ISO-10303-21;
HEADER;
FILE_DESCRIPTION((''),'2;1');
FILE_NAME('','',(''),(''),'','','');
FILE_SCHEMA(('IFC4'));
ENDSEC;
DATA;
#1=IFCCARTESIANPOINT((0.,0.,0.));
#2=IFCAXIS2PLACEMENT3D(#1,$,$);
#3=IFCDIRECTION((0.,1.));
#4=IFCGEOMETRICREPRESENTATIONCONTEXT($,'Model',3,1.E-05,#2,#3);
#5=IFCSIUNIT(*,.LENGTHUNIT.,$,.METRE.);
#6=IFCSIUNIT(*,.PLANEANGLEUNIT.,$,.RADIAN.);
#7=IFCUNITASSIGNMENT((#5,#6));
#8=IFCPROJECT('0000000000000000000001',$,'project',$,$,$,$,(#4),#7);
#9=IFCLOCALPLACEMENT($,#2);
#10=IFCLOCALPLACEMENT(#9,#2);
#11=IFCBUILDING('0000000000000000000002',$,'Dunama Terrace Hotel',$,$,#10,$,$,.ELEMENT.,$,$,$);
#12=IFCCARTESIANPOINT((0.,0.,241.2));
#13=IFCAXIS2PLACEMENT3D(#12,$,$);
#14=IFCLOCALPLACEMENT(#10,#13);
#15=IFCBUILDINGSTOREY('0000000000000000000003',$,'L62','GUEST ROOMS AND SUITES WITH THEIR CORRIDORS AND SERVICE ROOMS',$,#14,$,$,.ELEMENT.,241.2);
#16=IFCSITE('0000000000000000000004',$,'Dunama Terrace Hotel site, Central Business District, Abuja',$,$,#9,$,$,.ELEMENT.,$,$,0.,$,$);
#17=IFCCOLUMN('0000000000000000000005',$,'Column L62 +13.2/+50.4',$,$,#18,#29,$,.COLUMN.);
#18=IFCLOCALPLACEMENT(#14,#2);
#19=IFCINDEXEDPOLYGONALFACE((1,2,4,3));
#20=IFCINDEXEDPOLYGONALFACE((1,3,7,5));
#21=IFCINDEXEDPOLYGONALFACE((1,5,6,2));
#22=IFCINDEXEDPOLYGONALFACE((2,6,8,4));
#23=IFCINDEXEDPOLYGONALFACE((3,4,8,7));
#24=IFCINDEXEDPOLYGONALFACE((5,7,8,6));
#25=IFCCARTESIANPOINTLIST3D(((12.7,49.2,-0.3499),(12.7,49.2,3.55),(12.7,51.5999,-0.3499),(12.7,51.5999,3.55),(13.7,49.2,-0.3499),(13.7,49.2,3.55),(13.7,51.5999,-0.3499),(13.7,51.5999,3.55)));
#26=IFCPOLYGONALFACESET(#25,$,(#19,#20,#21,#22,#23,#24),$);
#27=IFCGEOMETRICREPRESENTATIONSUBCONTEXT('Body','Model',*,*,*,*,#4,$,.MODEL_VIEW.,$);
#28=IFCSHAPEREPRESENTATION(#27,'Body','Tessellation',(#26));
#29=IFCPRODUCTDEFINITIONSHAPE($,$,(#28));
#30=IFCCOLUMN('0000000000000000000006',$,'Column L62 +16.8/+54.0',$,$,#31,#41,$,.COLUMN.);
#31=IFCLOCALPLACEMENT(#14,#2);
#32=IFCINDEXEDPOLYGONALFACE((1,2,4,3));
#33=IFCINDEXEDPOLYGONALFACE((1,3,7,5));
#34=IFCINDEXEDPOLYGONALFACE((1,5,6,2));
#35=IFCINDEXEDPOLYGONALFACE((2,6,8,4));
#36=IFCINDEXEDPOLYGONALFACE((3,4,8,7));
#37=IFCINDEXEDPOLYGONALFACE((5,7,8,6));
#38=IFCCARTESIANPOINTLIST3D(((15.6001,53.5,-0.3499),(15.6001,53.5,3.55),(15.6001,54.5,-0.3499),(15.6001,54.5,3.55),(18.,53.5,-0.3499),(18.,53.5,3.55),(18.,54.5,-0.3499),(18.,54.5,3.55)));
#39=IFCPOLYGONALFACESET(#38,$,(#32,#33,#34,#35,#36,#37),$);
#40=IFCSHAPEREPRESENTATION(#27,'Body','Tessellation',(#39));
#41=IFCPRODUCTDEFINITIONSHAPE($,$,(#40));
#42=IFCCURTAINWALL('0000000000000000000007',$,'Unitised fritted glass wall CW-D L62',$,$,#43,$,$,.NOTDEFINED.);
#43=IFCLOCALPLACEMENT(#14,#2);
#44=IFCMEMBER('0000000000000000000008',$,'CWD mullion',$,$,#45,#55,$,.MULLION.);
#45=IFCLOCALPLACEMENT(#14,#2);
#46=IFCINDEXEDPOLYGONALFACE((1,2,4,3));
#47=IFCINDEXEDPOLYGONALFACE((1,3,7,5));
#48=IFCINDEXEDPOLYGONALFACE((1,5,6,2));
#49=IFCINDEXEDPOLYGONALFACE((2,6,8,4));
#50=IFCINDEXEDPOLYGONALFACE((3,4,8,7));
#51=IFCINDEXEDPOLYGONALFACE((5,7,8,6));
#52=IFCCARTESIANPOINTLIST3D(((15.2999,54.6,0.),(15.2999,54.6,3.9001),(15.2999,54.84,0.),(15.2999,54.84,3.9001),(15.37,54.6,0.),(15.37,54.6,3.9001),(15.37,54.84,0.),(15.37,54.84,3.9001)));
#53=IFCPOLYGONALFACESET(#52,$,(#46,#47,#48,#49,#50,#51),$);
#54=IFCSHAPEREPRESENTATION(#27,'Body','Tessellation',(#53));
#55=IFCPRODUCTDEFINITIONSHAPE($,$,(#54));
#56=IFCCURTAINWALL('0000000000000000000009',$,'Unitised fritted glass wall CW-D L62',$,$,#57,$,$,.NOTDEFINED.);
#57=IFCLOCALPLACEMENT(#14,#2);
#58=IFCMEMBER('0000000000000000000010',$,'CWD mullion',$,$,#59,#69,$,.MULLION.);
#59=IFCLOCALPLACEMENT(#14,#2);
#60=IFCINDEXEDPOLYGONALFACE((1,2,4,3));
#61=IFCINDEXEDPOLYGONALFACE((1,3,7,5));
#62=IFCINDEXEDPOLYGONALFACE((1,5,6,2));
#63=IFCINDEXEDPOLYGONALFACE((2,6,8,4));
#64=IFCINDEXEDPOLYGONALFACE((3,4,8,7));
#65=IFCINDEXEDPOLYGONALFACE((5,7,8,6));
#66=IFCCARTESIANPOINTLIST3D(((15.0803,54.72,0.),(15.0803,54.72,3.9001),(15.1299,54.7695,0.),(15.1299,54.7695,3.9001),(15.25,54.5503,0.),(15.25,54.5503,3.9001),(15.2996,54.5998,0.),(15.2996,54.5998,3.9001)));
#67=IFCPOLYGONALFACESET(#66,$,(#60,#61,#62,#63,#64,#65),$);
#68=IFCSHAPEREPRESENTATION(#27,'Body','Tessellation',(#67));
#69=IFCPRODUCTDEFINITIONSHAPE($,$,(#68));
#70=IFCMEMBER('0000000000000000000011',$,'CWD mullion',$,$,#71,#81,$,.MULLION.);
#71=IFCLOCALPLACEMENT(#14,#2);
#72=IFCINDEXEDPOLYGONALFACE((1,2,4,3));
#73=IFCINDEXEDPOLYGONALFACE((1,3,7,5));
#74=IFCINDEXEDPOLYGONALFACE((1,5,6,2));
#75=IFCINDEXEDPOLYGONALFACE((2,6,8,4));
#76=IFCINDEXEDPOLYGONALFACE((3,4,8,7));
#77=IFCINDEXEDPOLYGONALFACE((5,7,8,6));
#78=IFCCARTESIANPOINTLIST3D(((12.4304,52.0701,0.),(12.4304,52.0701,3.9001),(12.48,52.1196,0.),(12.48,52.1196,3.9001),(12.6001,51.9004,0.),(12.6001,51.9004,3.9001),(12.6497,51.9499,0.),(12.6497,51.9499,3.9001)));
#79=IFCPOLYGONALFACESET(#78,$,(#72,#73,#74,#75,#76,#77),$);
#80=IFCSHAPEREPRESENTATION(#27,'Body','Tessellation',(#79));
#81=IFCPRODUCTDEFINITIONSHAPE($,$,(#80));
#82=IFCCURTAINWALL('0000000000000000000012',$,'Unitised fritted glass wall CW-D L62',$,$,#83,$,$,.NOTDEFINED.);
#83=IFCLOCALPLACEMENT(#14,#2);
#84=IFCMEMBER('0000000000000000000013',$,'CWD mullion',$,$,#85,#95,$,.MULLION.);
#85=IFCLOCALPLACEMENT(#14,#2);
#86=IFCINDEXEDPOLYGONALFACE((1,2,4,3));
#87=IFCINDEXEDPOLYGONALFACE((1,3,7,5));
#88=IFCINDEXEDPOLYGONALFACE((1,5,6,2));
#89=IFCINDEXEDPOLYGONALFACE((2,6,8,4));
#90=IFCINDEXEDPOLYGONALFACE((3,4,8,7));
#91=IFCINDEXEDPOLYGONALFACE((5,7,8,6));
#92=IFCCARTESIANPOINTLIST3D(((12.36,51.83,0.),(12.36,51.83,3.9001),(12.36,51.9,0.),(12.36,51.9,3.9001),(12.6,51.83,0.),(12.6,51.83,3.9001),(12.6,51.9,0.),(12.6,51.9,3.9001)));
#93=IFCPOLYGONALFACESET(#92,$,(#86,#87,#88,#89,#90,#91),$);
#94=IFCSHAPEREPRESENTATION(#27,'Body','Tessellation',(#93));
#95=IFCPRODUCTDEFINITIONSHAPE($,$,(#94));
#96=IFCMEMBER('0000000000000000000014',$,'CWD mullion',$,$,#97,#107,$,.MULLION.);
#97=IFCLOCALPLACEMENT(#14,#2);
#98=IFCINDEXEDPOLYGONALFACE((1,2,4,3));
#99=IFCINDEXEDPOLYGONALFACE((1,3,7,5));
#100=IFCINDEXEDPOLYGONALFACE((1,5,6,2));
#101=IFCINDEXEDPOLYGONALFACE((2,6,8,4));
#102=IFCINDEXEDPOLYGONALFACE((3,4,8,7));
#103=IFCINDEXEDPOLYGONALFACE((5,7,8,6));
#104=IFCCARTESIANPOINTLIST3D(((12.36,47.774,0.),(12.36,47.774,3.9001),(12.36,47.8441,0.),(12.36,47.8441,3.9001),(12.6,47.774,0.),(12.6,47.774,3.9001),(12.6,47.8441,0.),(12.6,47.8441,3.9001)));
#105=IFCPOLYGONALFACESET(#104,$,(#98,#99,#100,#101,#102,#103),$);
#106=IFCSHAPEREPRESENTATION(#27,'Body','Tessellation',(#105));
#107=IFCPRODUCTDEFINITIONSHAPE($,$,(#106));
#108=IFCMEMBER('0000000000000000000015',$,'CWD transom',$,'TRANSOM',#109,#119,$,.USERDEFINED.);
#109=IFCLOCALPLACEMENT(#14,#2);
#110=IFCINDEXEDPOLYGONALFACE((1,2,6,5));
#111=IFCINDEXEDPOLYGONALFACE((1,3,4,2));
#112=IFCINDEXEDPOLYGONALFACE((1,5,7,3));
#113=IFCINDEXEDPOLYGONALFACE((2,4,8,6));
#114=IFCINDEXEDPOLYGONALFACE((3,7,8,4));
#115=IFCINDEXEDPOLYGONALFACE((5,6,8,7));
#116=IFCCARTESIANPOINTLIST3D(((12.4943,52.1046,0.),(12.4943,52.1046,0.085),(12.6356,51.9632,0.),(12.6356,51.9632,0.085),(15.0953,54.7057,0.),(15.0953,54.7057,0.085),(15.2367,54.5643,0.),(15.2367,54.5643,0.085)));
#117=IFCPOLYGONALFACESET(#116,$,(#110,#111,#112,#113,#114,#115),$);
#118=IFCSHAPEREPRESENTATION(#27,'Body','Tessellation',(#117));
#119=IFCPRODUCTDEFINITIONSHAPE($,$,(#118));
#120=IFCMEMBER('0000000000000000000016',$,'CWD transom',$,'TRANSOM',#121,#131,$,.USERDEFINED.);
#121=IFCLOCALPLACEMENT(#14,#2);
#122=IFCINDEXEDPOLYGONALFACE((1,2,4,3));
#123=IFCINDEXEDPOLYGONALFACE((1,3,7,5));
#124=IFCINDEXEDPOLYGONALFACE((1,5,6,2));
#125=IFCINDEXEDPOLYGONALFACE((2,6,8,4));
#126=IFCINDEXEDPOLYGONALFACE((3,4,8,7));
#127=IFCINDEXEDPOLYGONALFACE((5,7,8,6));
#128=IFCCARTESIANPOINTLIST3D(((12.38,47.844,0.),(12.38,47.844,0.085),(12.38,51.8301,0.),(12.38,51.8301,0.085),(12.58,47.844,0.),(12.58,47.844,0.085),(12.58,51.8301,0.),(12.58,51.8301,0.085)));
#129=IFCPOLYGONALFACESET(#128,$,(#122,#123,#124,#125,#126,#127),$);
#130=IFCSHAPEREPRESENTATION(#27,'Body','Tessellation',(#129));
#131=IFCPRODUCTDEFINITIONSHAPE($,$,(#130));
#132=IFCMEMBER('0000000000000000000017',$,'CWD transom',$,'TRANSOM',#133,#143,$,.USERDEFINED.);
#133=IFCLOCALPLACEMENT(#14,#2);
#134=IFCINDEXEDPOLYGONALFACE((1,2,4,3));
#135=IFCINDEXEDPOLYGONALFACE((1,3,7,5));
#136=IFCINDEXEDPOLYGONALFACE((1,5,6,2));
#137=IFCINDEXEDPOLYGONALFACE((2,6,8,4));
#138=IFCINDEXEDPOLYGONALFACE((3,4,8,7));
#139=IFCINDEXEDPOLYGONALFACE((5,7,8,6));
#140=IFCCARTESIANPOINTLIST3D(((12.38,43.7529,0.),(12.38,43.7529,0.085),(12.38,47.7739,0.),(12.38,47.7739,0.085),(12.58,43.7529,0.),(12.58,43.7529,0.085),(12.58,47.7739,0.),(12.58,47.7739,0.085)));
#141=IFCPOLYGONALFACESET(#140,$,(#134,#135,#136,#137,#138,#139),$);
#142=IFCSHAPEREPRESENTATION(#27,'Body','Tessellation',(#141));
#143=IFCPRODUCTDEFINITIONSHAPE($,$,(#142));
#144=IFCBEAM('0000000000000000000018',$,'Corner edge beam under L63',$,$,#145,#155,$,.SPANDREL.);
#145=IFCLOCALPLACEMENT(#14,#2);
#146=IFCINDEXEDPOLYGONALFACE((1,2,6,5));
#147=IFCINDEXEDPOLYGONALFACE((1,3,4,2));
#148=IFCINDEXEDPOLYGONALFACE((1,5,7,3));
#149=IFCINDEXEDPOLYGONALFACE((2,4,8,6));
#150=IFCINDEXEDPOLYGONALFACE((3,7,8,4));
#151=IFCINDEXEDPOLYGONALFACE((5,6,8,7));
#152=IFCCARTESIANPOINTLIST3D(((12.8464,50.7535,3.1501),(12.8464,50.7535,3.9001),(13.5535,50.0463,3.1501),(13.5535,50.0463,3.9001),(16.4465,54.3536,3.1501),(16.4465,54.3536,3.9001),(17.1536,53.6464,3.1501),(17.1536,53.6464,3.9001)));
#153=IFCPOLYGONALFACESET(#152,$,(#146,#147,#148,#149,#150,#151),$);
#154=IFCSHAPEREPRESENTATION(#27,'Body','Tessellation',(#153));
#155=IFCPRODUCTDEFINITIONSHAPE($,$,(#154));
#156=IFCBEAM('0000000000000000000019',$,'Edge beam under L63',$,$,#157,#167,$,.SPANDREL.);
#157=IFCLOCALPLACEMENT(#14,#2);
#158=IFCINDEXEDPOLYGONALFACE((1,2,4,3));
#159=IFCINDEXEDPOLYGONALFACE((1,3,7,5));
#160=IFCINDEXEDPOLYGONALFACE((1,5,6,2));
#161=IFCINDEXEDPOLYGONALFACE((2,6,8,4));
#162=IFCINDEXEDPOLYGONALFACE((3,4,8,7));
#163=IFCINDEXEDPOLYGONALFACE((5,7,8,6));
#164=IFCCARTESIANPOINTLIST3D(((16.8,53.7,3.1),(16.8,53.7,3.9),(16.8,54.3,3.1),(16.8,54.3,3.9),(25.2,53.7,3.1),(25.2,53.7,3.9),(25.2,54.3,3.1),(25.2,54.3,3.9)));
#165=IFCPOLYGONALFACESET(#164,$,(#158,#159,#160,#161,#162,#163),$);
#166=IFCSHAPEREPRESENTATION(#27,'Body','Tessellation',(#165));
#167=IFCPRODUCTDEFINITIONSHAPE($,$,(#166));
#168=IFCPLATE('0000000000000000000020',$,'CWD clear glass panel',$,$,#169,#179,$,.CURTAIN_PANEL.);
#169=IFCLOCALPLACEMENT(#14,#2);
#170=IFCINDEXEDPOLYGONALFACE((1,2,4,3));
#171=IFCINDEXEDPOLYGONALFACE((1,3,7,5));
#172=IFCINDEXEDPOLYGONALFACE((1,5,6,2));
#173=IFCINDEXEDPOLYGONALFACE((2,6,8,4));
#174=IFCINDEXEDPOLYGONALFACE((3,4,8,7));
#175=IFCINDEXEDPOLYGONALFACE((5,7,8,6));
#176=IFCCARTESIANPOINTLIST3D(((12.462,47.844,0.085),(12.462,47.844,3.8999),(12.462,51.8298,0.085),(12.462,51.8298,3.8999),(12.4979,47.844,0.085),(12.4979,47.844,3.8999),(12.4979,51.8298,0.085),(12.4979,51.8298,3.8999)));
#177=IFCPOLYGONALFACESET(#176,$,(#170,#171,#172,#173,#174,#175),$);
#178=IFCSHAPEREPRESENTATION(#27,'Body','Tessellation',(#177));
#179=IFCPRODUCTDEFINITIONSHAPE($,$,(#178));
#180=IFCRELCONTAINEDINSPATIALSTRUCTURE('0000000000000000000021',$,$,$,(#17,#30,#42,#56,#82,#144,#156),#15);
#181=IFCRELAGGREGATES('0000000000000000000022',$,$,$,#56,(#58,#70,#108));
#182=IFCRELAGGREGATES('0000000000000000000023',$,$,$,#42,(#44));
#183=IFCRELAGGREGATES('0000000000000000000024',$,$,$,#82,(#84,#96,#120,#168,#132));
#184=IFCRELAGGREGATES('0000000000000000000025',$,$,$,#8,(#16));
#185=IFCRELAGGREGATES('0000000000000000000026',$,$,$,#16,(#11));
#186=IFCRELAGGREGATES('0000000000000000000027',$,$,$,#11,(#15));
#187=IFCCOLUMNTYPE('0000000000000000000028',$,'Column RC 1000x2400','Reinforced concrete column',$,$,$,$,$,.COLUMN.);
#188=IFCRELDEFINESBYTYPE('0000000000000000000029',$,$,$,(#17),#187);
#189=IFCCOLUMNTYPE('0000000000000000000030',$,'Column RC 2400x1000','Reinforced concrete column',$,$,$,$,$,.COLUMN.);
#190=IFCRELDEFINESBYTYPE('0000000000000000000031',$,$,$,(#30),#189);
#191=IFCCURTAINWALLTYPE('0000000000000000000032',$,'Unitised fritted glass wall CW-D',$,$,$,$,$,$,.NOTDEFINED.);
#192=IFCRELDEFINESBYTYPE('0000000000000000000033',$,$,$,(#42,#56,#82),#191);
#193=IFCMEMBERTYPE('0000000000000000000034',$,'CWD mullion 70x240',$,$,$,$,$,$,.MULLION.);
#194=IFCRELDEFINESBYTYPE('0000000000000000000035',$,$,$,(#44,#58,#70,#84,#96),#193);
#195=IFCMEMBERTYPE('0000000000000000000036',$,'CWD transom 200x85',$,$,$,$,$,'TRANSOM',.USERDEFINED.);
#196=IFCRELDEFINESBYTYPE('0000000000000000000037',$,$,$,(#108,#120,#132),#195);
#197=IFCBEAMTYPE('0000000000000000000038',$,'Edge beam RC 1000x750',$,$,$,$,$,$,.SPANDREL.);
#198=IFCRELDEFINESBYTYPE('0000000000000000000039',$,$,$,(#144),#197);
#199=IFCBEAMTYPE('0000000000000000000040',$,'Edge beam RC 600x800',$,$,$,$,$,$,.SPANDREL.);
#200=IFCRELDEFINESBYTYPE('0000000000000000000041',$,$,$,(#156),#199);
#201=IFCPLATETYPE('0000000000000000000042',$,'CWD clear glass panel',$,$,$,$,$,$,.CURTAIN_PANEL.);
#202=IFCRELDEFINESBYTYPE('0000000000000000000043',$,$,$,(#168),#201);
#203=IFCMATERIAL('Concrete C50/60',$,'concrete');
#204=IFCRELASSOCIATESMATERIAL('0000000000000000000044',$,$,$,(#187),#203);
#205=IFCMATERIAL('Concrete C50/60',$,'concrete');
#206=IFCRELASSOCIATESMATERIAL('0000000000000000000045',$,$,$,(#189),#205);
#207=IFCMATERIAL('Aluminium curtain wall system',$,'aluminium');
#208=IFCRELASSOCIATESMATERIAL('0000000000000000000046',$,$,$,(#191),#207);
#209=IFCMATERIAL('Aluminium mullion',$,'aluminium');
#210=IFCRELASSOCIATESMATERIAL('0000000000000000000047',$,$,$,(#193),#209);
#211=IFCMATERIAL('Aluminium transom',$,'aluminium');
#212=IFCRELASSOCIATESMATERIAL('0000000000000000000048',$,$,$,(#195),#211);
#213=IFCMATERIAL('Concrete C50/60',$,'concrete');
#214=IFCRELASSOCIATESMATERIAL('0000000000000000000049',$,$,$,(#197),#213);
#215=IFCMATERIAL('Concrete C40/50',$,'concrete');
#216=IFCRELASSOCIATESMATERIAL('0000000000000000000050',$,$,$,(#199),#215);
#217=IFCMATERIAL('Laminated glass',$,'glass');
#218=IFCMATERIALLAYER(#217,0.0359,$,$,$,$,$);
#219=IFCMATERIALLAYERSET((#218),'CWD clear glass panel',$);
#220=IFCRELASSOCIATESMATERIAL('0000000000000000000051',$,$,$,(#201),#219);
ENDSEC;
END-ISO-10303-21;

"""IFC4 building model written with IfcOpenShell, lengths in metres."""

from ifc_helpers import new_model, si_unit, direction, frame, origin, origin_2d, place, context, subcontext, project, spatial, rectangle, extrude, material, layer, layer_set, material_profile, profile_set, type_object, element, aggregate, save


model = new_model("IFC4")

# Units and contexts
model_context = context("Model", 3, precision=1e-05, world=origin(), true_north=direction((0.0, 1.0)))
body_context = subcontext(model_context, "Body", "Model", "MODEL_VIEW")
ifc_project = project(units=[si_unit("LENGTHUNIT", "METRE"), si_unit("PLANEANGLEUNIT", "RADIAN")], contexts=[model_context])

# Site, building, storey
site_placement = place(None, origin())
site = spatial("IfcSite", under=ifc_project, at=site_placement, Name="Dunama Terrace Hotel site, Central Business District, Abuja", CompositionType="ELEMENT", RefElevation=0.0)
building_placement = place(site_placement, origin())
building = spatial("IfcBuilding", under=site, at=building_placement, Name="Dunama Terrace Hotel", CompositionType="ELEMENT")
storey_placement = place(building_placement, frame((0.0, 0.0, 241.2)))
storey = spatial("IfcBuildingStorey", under=building, at=storey_placement, Name="L62", Description="GUEST ROOMS AND SUITES WITH THEIR CORRIDORS AND SERVICE ROOMS", CompositionType="ELEMENT", Elevation=241.2)

# Columns
ifc_material_1 = material(Name="Concrete C50/60", Category="concrete")
ifc_material_profile_1 = material_profile(ifc_material_1, rectangle(XDim=1.0, YDim=2.3999, at=origin_2d()), Name="RC 1000x2400")
ifc_profile_set_1 = profile_set([ifc_material_profile_1], Name="Concrete C50/60")
column_type_1 = type_object("IfcColumnType", Name="Column RC 1000x2400", Description="Reinforced concrete column", PredefinedType="COLUMN", material=ifc_profile_set_1)
column_1_placement = place(storey_placement, frame((13.2, 50.3999, -0.3499), z_axis=(0.0, 0.0, 1.0), x_axis=(1.0, 0.0, 0.0)))
element("IfcColumn", 1, at=column_1_placement, inside=storey, type_object=column_type_1, Name="Column L62 +13.2/+50.4", PredefinedType="COLUMN", context=body_context, shape_type="SweptSolid", body=[
    extrude(rectangle(XDim=1.0, YDim=2.3999, at=origin_2d()), origin(), (0.0, 0.0, 1.0), 3.8999),
])
ifc_material_2 = material(Name="Concrete C50/60", Category="concrete")
ifc_material_profile_2 = material_profile(ifc_material_2, rectangle(XDim=2.3999, YDim=1.0, at=origin_2d()), Name="RC 2400x1000")
ifc_profile_set_2 = profile_set([ifc_material_profile_2], Name="Concrete C50/60")
column_type_2 = type_object("IfcColumnType", Name="Column RC 2400x1000", Description="Reinforced concrete column", PredefinedType="COLUMN", material=ifc_profile_set_2)
column_2_placement = place(storey_placement, frame((16.8, 54.0, -0.3499), z_axis=(0.0, 0.0, 1.0), x_axis=(1.0, 0.0, 0.0)))
element("IfcColumn", 2, at=column_2_placement, inside=storey, type_object=column_type_2, Name="Column L62 +16.8/+54.0", PredefinedType="COLUMN", context=body_context, shape_type="SweptSolid", body=[
    extrude(rectangle(XDim=2.3999, YDim=1.0, at=origin_2d()), origin(), (0.0, 0.0, 1.0), 3.8999),
])

# Curtain wall, member
ifc_material_3 = material(Name="Aluminium curtain wall system", Category="aluminium")
curtain_wall_type = type_object("IfcCurtainWallType", Name="Unitised fritted glass wall CW-D", PredefinedType="NOTDEFINED", material=ifc_material_3)
curtain_wall_1_placement = place(storey_placement, origin())
curtain_wall_1 = element("IfcCurtainWall", 3, at=curtain_wall_1_placement, inside=storey, type_object=curtain_wall_type, Name="Unitised fritted glass wall CW-D L62", PredefinedType="NOTDEFINED")
ifc_material_4 = material(Name="Aluminium mullion", Category="aluminium")
ifc_material_profile_3 = material_profile(ifc_material_4, rectangle(XDim=0.0701, YDim=0.24, at=origin_2d()), Name="CWD MULLION 70X240")
ifc_profile_set_3 = profile_set([ifc_material_profile_3], Name="Aluminium mullion")
member_type_1 = type_object("IfcMemberType", Name="CWD mullion 70x240", PredefinedType="MULLION", material=ifc_profile_set_3)
member_1_placement = place(storey_placement, frame((15.335, 54.72, 0.0), z_axis=(0.0, 0.0, 1.0), x_axis=(-1.0, 0.0, 0.0)))
member_1 = element("IfcMember", 4, at=member_1_placement, type_object=member_type_1, Name="CWD mullion", PredefinedType="MULLION", context=body_context, shape_type="SweptSolid", body=[
    extrude(rectangle(XDim=0.0701, YDim=0.24, at=origin_2d()), origin(), (0.0, 0.0, 1.0), 3.9001),
])

# Curtain walls, members
curtain_wall_2_placement = place(storey_placement, origin())
curtain_wall_2 = element("IfcCurtainWall", 5, at=curtain_wall_2_placement, inside=storey, type_object=curtain_wall_type, Name="Unitised fritted glass wall CW-D L62", PredefinedType="NOTDEFINED")
member_2_placement = place(storey_placement, frame((15.1899, 54.6599, 0.0), z_axis=(0.0, 0.0, 1.0), x_axis=(-0.707107, -0.707107, 0.0)))
member_2 = element("IfcMember", 6, at=member_2_placement, type_object=member_type_1, Name="CWD mullion", PredefinedType="MULLION", context=body_context, shape_type="SweptSolid", body=[
    extrude(rectangle(XDim=0.0701, YDim=0.24, at=origin_2d()), origin(), (0.0, 0.0, 1.0), 3.9001),
])
member_3_placement = place(storey_placement, frame((12.54, 52.01, 0.0), z_axis=(0.0, 0.0, 1.0), x_axis=(-0.707107, -0.707107, 0.0)))
member_3 = element("IfcMember", 7, at=member_3_placement, type_object=member_type_1, Name="CWD mullion", PredefinedType="MULLION", context=body_context, shape_type="SweptSolid", body=[
    extrude(rectangle(XDim=0.0701, YDim=0.24, at=origin_2d()), origin(), (0.0, 0.0, 1.0), 3.9001),
])
curtain_wall_3_placement = place(storey_placement, origin())
curtain_wall_3 = element("IfcCurtainWall", 8, at=curtain_wall_3_placement, inside=storey, type_object=curtain_wall_type, Name="Unitised fritted glass wall CW-D L62", PredefinedType="NOTDEFINED")
member_4_placement = place(storey_placement, frame((12.48, 51.865, 0.0), z_axis=(0.0, 0.0, 1.0), x_axis=(0.0, -1.0, 0.0)))
member_4 = element("IfcMember", 9, at=member_4_placement, type_object=member_type_1, Name="CWD mullion", PredefinedType="MULLION", context=body_context, shape_type="SweptSolid", body=[
    extrude(rectangle(XDim=0.0701, YDim=0.24, at=origin_2d()), origin(), (0.0, 0.0, 1.0), 3.9001),
])
member_5_placement = place(storey_placement, frame((12.48, 47.8091, 0.0), z_axis=(0.0, 0.0, 1.0), x_axis=(0.0, -1.0, 0.0)))
member_5 = element("IfcMember", 10, at=member_5_placement, type_object=member_type_1, Name="CWD mullion", PredefinedType="MULLION", context=body_context, shape_type="SweptSolid", body=[
    extrude(rectangle(XDim=0.0701, YDim=0.24, at=origin_2d()), origin(), (0.0, 0.0, 1.0), 3.9001),
])

# Members
ifc_material_5 = material(Name="Aluminium transom", Category="aluminium")
ifc_material_profile_4 = material_profile(ifc_material_5, rectangle(XDim=0.2, YDim=0.085, at=origin_2d()), Name="CWD TRANSOM 200X85")
ifc_profile_set_4 = profile_set([ifc_material_profile_4], Name="Aluminium transom")
member_type_2 = type_object("IfcMemberType", Name="CWD transom 200x85", ElementType="TRANSOM", PredefinedType="USERDEFINED", material=ifc_profile_set_4)
member_6_placement = place(storey_placement, frame((15.166, 54.635, 0.0425), z_axis=(-0.707107, -0.707107, 0.0), x_axis=(0.707107, -0.707107, 0.0)))
member_6 = element("IfcMember", 11, at=member_6_placement, type_object=member_type_2, Name="CWD transom", ObjectType="TRANSOM", PredefinedType="USERDEFINED", context=body_context, shape_type="SweptSolid", body=[
    extrude(rectangle(XDim=0.2, YDim=0.085, at=origin_2d()), origin(), (0.0, 0.0, 1.0), 3.6785),
])
member_7_placement = place(storey_placement, frame((12.48, 51.8301, 0.0425), z_axis=(0.0, -1.0, 0.0), x_axis=(1.0, 0.0, 0.0)))
member_7 = element("IfcMember", 12, at=member_7_placement, type_object=member_type_2, Name="CWD transom", ObjectType="TRANSOM", PredefinedType="USERDEFINED", context=body_context, shape_type="SweptSolid", body=[
    extrude(rectangle(XDim=0.2, YDim=0.085, at=origin_2d()), origin(), (0.0, 0.0, 1.0), 3.9861),
])
member_8_placement = place(storey_placement, frame((12.48, 47.7739, 0.0425), z_axis=(0.0, -1.0, 0.0), x_axis=(1.0, 0.0, 0.0)))
member_8 = element("IfcMember", 13, at=member_8_placement, type_object=member_type_2, Name="CWD transom", ObjectType="TRANSOM", PredefinedType="USERDEFINED", context=body_context, shape_type="SweptSolid", body=[
    extrude(rectangle(XDim=0.2, YDim=0.085, at=origin_2d()), origin(), (0.0, 0.0, 1.0), 4.021),
])

# Beams
ifc_material_6 = material(Name="Concrete C50/60", Category="concrete")
ifc_material_profile_5 = material_profile(ifc_material_6, rectangle(XDim=1.0, YDim=0.75, at=origin_2d()), Name="RC 1000x750")
ifc_profile_set_5 = profile_set([ifc_material_profile_5], Name="Concrete C50/60")
beam_type_1 = type_object("IfcBeamType", Name="Edge beam RC 1000x750", PredefinedType="SPANDREL", material=ifc_profile_set_5)
beam_1_placement = place(storey_placement, frame((16.8, 54.0, 3.5251), z_axis=(-0.707107, -0.707107, 0.0), x_axis=(0.707107, -0.707107, 0.0)))
element("IfcBeam", 14, at=beam_1_placement, inside=storey, type_object=beam_type_1, Name="Corner edge beam under L63", PredefinedType="SPANDREL", context=body_context, shape_type="SweptSolid", body=[
    extrude(rectangle(XDim=1.0, YDim=0.75, at=origin_2d()), origin(), (0.0, 0.0, 1.0), 5.0913),
])
ifc_material_7 = material(Name="Concrete C40/50", Category="concrete")
ifc_material_profile_6 = material_profile(ifc_material_7, rectangle(XDim=0.6001, YDim=0.8, at=origin_2d()), Name="RC 600x800")
ifc_profile_set_6 = profile_set([ifc_material_profile_6], Name="Concrete C40/50")
beam_type_2 = type_object("IfcBeamType", Name="Edge beam RC 600x800", PredefinedType="SPANDREL", material=ifc_profile_set_6)
beam_2_placement = place(storey_placement, frame((16.8, 54.0, 3.5), z_axis=(1.0, 0.0, 0.0), x_axis=(0.0, 1.0, 0.0)))
element("IfcBeam", 15, at=beam_2_placement, inside=storey, type_object=beam_type_2, Name="Edge beam under L63", PredefinedType="SPANDREL", context=body_context, shape_type="SweptSolid", body=[
    extrude(rectangle(XDim=0.6001, YDim=0.8, at=origin_2d()), origin(), (0.0, 0.0, 1.0), 8.3999),
])

# Plate
ifc_material_8 = material(Name="Laminated glass", Category="glass")
ifc_layer_1 = layer(ifc_material_8, 0.0359)
ifc_layer_set_1 = layer_set([ifc_layer_1], Name="CWD clear glass panel")
plate_type_1 = type_object("IfcPlateType", Name="CWD clear glass panel", PredefinedType="CURTAIN_PANEL", material=ifc_layer_set_1)
plate_1_placement = place(storey_placement, frame((12.48, 49.8369, 0.085), z_axis=(0.0, 0.0, 1.0), x_axis=(0.0, -1.0, 0.0)))
plate_1 = element("IfcPlate", 16, at=plate_1_placement, type_object=plate_type_1, Name="CWD clear glass panel", PredefinedType="CURTAIN_PANEL", context=body_context, shape_type="SweptSolid", body=[
    extrude(rectangle(XDim=3.9858, YDim=0.0359, at=origin_2d()), origin(), (0.0, 0.0, 1.0), 3.8149),
])
aggregate(curtain_wall_2, [member_2, member_3, member_6])
aggregate(curtain_wall_1, [member_1])
aggregate(curtain_wall_3, [member_4, member_5, member_7, plate_1, member_8])

save(model, "model.ifc")
